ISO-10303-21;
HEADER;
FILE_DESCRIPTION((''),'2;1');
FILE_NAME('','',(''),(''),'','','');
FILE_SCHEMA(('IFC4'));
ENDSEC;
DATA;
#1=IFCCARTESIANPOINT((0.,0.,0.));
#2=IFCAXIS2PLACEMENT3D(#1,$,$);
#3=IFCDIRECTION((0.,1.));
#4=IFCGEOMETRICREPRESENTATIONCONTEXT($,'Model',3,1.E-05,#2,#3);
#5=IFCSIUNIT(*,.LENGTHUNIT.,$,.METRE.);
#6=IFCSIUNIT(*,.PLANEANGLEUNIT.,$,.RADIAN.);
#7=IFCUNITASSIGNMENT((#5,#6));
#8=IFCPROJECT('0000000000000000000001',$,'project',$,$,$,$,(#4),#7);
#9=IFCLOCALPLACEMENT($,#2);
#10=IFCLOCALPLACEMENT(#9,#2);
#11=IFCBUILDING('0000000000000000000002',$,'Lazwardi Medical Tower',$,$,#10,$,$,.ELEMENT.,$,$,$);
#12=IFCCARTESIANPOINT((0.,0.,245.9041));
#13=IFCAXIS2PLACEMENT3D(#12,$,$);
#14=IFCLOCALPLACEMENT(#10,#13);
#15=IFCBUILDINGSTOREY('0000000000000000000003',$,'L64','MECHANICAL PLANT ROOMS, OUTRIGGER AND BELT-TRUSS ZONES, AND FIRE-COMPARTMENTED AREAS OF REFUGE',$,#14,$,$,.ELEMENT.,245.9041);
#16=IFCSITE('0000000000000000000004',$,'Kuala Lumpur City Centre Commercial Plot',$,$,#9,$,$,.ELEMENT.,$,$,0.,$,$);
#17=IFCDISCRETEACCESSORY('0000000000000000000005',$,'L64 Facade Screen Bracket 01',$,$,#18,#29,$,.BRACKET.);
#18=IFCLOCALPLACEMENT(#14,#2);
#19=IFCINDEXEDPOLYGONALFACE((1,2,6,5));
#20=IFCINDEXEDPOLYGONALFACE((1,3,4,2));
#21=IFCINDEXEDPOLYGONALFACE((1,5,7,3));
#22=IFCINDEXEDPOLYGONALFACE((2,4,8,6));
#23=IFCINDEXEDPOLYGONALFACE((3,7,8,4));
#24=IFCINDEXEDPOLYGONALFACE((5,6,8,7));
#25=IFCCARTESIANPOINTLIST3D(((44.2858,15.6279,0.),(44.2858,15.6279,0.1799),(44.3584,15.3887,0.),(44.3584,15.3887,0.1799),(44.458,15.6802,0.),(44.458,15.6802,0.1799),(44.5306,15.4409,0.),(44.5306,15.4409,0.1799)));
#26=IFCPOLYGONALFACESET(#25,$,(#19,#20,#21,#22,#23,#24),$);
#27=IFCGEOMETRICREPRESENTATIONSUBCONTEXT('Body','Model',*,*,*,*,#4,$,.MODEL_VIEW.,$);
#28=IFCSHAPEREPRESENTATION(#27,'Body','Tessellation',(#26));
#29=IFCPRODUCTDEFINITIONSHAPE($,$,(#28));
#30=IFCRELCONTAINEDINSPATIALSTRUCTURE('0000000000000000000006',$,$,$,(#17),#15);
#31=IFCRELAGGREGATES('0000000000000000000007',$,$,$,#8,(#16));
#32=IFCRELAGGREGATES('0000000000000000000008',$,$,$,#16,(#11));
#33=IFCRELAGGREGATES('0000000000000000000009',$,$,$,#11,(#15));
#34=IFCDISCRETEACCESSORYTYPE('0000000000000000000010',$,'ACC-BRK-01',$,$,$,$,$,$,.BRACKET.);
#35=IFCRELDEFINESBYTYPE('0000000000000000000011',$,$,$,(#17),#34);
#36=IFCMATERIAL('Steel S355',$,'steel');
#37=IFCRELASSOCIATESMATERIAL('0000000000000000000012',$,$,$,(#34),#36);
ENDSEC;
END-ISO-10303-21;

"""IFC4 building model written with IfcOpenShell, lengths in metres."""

from ifc_helpers import new_model, si_unit, direction, frame, origin, origin_2d, place, context, subcontext, project, spatial, rectangle, extrude, material, type_object, element, save


model = new_model("IFC4")

# Units and contexts
model_context = context("Model", 3, precision=1e-05, world=origin(), true_north=direction((0.0, 1.0)))
body_context = subcontext(model_context, "Body", "Model", "MODEL_VIEW")
ifc_project = project(units=[si_unit("LENGTHUNIT", "METRE"), si_unit("PLANEANGLEUNIT", "RADIAN")], contexts=[model_context])

# Site, building, storey
site_placement = place(None, origin())
site = spatial("IfcSite", under=ifc_project, at=site_placement, Name="Kuala Lumpur City Centre Commercial Plot", CompositionType="ELEMENT", RefElevation=0.0)
building_placement = place(site_placement, origin())
building = spatial("IfcBuilding", under=site, at=building_placement, Name="Lazwardi Medical Tower", CompositionType="ELEMENT")
storey_placement = place(building_placement, frame((0.0, 0.0, 245.9041)))
storey = spatial("IfcBuildingStorey", under=building, at=storey_placement, Name="L64", Description="MECHANICAL PLANT ROOMS, OUTRIGGER AND BELT-TRUSS ZONES, AND FIRE-COMPARTMENTED AREAS OF REFUGE", CompositionType="ELEMENT", Elevation=245.9041)

# Shared definitions
ifc_material_1 = material(Name="Steel S355", Category="steel")

# Discrete accessory
discrete_accessory_type = type_object("IfcDiscreteAccessoryType", Name="ACC-BRK-01", PredefinedType="BRACKET", material=ifc_material_1)
discrete_accessory_placement = place(storey_placement, frame((44.4082, 15.5344, 0.0), z_axis=(0.0, 0.0, 1.0), x_axis=(0.956939, 0.29029, 0.0)))
element("IfcDiscreteAccessory", 1, at=discrete_accessory_placement, inside=storey, type_object=discrete_accessory_type, Name="L64 Facade Screen Bracket 01", PredefinedType="BRACKET", context=body_context, shape_type="SweptSolid", body=[
    extrude(rectangle(XDim=0.1799, YDim=0.25, at=origin_2d()), origin(), (0.0, 0.0, 1.0), 0.1799),
])

save(model, "model.ifc")
